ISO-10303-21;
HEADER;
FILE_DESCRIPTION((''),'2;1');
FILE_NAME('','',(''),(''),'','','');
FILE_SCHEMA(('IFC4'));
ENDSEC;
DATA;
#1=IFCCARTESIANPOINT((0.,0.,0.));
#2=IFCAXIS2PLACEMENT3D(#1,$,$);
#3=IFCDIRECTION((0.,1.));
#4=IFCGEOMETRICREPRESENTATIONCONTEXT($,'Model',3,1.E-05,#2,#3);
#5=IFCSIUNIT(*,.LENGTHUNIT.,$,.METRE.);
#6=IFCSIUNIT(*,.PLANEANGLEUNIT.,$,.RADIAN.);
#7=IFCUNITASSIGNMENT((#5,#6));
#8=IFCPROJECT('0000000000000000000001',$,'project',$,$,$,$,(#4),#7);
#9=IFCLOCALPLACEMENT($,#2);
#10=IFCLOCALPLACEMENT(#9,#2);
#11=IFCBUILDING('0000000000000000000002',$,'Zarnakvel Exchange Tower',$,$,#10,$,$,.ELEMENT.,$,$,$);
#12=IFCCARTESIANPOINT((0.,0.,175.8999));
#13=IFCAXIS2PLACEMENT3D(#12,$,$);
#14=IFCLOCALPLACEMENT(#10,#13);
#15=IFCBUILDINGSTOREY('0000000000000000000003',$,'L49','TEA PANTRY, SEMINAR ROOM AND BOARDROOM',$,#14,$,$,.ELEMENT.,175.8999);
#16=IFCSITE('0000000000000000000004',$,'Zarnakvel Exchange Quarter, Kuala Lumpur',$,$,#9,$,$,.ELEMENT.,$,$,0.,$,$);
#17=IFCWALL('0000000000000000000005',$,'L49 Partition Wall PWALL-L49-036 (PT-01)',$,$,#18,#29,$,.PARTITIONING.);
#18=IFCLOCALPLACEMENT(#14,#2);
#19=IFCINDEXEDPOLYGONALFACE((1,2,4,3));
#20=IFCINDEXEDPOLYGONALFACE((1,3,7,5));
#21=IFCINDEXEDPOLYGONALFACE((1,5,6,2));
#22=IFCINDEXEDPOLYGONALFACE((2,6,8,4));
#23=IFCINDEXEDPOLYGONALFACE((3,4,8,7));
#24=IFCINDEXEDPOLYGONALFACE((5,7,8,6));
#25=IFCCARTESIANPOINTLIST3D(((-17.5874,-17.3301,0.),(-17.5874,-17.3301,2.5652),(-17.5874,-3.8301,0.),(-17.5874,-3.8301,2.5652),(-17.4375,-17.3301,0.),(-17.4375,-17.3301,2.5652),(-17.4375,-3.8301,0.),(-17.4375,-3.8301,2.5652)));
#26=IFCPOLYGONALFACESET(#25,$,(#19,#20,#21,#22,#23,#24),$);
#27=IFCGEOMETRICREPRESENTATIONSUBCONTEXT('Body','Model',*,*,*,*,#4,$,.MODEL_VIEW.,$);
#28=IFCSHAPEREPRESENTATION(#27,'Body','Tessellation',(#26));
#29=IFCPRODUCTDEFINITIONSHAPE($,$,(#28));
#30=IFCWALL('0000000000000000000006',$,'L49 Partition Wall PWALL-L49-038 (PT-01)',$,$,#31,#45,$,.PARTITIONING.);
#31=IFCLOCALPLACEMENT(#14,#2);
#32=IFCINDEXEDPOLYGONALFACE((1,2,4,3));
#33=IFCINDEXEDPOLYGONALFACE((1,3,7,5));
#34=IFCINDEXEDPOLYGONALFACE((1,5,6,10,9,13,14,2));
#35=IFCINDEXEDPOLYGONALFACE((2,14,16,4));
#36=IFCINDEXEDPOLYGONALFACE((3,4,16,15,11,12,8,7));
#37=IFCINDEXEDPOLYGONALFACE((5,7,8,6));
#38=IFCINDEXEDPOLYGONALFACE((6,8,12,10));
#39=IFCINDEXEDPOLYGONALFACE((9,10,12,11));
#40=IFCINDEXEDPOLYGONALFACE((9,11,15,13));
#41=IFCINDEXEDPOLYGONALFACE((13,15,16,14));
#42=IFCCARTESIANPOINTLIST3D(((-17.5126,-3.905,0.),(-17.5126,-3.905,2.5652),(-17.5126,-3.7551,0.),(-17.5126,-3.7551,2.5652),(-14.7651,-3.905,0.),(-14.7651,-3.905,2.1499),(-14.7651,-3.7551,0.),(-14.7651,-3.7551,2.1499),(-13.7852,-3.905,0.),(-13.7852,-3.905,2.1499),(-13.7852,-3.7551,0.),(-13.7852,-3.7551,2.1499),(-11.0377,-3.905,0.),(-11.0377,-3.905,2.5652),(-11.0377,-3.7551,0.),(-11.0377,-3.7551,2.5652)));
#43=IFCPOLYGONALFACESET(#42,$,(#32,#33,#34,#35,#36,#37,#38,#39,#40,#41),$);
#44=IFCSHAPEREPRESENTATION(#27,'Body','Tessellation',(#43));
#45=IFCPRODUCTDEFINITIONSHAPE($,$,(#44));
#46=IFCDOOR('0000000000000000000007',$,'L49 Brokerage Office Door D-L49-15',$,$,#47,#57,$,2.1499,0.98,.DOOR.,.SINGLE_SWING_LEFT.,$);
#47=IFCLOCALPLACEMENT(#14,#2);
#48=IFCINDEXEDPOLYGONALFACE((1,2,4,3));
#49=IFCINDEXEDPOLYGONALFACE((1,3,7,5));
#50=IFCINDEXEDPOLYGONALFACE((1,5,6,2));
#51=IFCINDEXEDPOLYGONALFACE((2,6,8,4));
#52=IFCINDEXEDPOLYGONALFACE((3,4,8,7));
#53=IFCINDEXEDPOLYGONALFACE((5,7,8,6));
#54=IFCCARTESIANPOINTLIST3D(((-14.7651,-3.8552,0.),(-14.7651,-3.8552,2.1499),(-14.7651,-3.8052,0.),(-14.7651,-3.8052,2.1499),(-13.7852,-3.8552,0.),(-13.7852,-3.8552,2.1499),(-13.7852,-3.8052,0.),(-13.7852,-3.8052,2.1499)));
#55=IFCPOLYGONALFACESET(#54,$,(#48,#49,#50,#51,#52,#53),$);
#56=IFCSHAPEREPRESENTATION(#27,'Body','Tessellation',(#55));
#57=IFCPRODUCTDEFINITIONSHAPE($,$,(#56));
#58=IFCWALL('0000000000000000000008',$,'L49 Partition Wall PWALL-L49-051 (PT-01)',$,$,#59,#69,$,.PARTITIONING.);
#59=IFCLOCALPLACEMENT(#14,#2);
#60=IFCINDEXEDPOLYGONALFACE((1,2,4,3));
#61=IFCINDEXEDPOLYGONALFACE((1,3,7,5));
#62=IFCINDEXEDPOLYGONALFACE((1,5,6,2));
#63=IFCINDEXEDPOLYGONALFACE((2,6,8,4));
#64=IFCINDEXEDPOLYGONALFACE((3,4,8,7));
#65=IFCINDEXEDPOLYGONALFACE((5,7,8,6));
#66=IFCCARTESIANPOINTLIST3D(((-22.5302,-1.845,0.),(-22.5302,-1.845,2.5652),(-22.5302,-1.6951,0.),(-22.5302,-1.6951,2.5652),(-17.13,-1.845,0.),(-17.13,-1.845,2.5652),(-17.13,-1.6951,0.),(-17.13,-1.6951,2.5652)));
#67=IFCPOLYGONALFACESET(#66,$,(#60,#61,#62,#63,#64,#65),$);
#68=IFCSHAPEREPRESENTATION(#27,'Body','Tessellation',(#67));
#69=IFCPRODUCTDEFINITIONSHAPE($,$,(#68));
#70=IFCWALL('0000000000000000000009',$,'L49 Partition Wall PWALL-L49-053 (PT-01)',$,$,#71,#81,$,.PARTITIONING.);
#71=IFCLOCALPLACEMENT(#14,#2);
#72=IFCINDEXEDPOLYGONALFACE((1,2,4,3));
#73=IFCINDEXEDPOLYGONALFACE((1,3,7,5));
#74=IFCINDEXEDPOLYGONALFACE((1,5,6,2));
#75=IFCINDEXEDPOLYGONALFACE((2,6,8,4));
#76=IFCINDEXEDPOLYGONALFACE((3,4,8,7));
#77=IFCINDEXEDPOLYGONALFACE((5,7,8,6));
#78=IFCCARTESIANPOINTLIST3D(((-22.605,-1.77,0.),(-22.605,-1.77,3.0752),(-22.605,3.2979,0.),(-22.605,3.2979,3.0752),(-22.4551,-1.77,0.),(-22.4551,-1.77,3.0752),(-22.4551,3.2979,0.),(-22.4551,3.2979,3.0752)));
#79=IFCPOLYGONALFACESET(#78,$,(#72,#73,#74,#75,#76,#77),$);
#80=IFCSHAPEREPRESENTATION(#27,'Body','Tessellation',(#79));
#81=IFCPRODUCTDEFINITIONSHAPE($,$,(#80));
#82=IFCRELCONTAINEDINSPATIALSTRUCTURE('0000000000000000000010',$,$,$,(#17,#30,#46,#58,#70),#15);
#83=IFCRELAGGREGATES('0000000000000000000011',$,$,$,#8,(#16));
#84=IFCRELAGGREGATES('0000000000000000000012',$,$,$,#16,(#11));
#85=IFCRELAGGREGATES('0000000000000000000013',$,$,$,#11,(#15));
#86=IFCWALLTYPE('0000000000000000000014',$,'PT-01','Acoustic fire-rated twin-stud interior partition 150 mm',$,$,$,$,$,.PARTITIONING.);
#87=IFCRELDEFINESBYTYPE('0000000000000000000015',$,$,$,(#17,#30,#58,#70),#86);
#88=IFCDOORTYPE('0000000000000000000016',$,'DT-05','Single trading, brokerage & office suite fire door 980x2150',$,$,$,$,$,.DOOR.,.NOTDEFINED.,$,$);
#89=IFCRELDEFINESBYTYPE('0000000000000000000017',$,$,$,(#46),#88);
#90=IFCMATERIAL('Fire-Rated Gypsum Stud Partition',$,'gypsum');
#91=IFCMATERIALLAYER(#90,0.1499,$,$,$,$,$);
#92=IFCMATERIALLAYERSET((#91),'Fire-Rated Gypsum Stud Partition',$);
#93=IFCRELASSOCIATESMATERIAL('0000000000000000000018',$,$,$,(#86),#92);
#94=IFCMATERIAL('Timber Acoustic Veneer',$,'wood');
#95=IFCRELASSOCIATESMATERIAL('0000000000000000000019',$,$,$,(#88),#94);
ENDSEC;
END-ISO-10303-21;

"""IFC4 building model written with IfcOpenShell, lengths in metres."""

from ifc_helpers import new_model, si_unit, direction, frame, frame_2d, origin, place, context, subcontext, project, spatial, rectangle, extrude, source, transform, mapped, material, layer, layer_set, type_object, element, fill, save


model = new_model("IFC4")

# Units and contexts
model_context = context("Model", 3, precision=1e-05, world=origin(), true_north=direction((0.0, 1.0)))
body_context = subcontext(model_context, "Body", "Model", "MODEL_VIEW")
ifc_project = project(units=[si_unit("LENGTHUNIT", "METRE"), si_unit("PLANEANGLEUNIT", "RADIAN")], contexts=[model_context])

# Site, building, storey
site_placement = place(None, origin())
site = spatial("IfcSite", under=ifc_project, at=site_placement, Name="Zarnakvel Exchange Quarter, Kuala Lumpur", CompositionType="ELEMENT", RefElevation=0.0)
building_placement = place(site_placement, origin())
building = spatial("IfcBuilding", under=site, at=building_placement, Name="Zarnakvel Exchange Tower", CompositionType="ELEMENT")
storey_placement = place(building_placement, frame((0.0, 0.0, 175.8999)))
storey = spatial("IfcBuildingStorey", under=building, at=storey_placement, Name="L49", Description="TEA PANTRY, SEMINAR ROOM AND BOARDROOM", CompositionType="ELEMENT", Elevation=175.8999)

# Shared definitions
ifc_material_1 = material(Name="Fire-Rated Gypsum Stud Partition", Category="gypsum")
ifc_layer_1 = layer(ifc_material_1, 0.1499)
ifc_layer_set_1 = layer_set([ifc_layer_1], Name="Fire-Rated Gypsum Stud Partition")
wall_type_1 = type_object("IfcWallType", Name="PT-01", Description="Acoustic fire-rated twin-stud interior partition 150 mm", PredefinedType="PARTITIONING", material=ifc_layer_set_1)
ifc_material_2 = material(Name="Timber Acoustic Veneer", Category="wood")
door_type = type_object("IfcDoorType", Name="DT-05", Description="Single trading, brokerage & office suite fire door 980x2150", OperationType="NOTDEFINED", PredefinedType="DOOR", material=ifc_material_2)
shared_shape_1 = source(origin(), body_context, "Body", "SweptSolid", [
    extrude(rectangle(XDim=0.98, YDim=2.1499, at=frame_2d((0.49, 1.075))), frame((0.0, 0.0249, 0.0), z_axis=(0.0, -1.0, 0.0), x_axis=(1.0, 0.0, 0.0)), (0.0, 0.0, 1.0), 0.05),
])

# Wall
wall_1_placement = place(storey_placement, frame((-17.5125, -3.8301, 0.0), z_axis=(0.0, 0.0, 1.0), x_axis=(0.0, -1.0, 0.0)))
element("IfcWall", 1, at=wall_1_placement, inside=storey, type_object=wall_type_1, Name="L49 Partition Wall PWALL-L49-036 (PT-01)", PredefinedType="PARTITIONING", context=body_context, shape_type="SweptSolid", body=[
    extrude(rectangle(XDim=13.5, YDim=0.1499, at=frame_2d((6.75, 0.0))), origin(), (0.0, 0.0, 1.0), 2.5652),
])

# Wall, opening, door
wall_2_placement = place(storey_placement, frame((-17.5125, -3.8301, 0.0), z_axis=(0.0, 0.0, 1.0), x_axis=(1.0, 0.0, 0.0)))
wall_2 = element("IfcWall", 2, at=wall_2_placement, inside=storey, type_object=wall_type_1, Name="L49 Partition Wall PWALL-L49-038 (PT-01)", PredefinedType="PARTITIONING", context=body_context, shape_type="SweptSolid", body=[
    extrude(rectangle(XDim=6.4749, YDim=0.1499, at=frame_2d((3.2373, 0.0))), origin(), (0.0, 0.0, 1.0), 2.5652),
])
opening_1_placement = place(wall_2_placement, frame((2.7473, 0.0, 0.0)))
opening_1 = element("IfcOpeningElement", 3, at=opening_1_placement, cuts=wall_2, PredefinedType="OPENING", context=body_context, shape_type="SweptSolid", body=[
    extrude(rectangle(XDim=0.98, YDim=2.1499, at=frame_2d((0.49, 1.075))), frame((0.0, 0.085, 0.0), z_axis=(0.0, -1.0, 0.0), x_axis=(1.0, 0.0, 0.0)), (0.0, 0.0, 1.0), 0.1699),
])
door_1_placement = place(opening_1_placement, origin())
door_1 = element("IfcDoor", 4, at=door_1_placement, inside=storey, type_object=door_type, Name="L49 Brokerage Office Door D-L49-15", OperationType="SINGLE_SWING_LEFT", OverallHeight=2.1499, OverallWidth=0.98, PredefinedType="DOOR", context=body_context, shape_type="MappedRepresentation", body=[
    mapped(shared_shape_1, transform((0.0, 0.0, 0.0), x_axis=(1.0, 0.0, 0.0), y_axis=(0.0, 1.0, 0.0), z_axis=(0.0, 0.0, 1.0), scale=1.0)),
])
fill(opening_1, door_1)

# Walls
wall_3_placement = place(storey_placement, frame((-17.1299, -1.77, 0.0), z_axis=(0.0, 0.0, 1.0), x_axis=(-1.0, 0.0, 0.0)))
element("IfcWall", 5, at=wall_3_placement, inside=storey, type_object=wall_type_1, Name="L49 Partition Wall PWALL-L49-051 (PT-01)", PredefinedType="PARTITIONING", context=body_context, shape_type="SweptSolid", body=[
    extrude(rectangle(XDim=5.4001, YDim=0.1499, at=frame_2d((2.7002, 0.0))), origin(), (0.0, 0.0, 1.0), 2.5652),
])
wall_4_placement = place(storey_placement, frame((-22.53, -1.77, 0.0), z_axis=(0.0, 0.0, 1.0), x_axis=(0.0, 1.0, 0.0)))
element("IfcWall", 6, at=wall_4_placement, inside=storey, type_object=wall_type_1, Name="L49 Partition Wall PWALL-L49-053 (PT-01)", PredefinedType="PARTITIONING", context=body_context, shape_type="SweptSolid", body=[
    extrude(rectangle(XDim=5.0679, YDim=0.1499, at=frame_2d((2.5339, 0.0))), origin(), (0.0, 0.0, 1.0), 3.0752),
])

save(model, "model.ifc")
